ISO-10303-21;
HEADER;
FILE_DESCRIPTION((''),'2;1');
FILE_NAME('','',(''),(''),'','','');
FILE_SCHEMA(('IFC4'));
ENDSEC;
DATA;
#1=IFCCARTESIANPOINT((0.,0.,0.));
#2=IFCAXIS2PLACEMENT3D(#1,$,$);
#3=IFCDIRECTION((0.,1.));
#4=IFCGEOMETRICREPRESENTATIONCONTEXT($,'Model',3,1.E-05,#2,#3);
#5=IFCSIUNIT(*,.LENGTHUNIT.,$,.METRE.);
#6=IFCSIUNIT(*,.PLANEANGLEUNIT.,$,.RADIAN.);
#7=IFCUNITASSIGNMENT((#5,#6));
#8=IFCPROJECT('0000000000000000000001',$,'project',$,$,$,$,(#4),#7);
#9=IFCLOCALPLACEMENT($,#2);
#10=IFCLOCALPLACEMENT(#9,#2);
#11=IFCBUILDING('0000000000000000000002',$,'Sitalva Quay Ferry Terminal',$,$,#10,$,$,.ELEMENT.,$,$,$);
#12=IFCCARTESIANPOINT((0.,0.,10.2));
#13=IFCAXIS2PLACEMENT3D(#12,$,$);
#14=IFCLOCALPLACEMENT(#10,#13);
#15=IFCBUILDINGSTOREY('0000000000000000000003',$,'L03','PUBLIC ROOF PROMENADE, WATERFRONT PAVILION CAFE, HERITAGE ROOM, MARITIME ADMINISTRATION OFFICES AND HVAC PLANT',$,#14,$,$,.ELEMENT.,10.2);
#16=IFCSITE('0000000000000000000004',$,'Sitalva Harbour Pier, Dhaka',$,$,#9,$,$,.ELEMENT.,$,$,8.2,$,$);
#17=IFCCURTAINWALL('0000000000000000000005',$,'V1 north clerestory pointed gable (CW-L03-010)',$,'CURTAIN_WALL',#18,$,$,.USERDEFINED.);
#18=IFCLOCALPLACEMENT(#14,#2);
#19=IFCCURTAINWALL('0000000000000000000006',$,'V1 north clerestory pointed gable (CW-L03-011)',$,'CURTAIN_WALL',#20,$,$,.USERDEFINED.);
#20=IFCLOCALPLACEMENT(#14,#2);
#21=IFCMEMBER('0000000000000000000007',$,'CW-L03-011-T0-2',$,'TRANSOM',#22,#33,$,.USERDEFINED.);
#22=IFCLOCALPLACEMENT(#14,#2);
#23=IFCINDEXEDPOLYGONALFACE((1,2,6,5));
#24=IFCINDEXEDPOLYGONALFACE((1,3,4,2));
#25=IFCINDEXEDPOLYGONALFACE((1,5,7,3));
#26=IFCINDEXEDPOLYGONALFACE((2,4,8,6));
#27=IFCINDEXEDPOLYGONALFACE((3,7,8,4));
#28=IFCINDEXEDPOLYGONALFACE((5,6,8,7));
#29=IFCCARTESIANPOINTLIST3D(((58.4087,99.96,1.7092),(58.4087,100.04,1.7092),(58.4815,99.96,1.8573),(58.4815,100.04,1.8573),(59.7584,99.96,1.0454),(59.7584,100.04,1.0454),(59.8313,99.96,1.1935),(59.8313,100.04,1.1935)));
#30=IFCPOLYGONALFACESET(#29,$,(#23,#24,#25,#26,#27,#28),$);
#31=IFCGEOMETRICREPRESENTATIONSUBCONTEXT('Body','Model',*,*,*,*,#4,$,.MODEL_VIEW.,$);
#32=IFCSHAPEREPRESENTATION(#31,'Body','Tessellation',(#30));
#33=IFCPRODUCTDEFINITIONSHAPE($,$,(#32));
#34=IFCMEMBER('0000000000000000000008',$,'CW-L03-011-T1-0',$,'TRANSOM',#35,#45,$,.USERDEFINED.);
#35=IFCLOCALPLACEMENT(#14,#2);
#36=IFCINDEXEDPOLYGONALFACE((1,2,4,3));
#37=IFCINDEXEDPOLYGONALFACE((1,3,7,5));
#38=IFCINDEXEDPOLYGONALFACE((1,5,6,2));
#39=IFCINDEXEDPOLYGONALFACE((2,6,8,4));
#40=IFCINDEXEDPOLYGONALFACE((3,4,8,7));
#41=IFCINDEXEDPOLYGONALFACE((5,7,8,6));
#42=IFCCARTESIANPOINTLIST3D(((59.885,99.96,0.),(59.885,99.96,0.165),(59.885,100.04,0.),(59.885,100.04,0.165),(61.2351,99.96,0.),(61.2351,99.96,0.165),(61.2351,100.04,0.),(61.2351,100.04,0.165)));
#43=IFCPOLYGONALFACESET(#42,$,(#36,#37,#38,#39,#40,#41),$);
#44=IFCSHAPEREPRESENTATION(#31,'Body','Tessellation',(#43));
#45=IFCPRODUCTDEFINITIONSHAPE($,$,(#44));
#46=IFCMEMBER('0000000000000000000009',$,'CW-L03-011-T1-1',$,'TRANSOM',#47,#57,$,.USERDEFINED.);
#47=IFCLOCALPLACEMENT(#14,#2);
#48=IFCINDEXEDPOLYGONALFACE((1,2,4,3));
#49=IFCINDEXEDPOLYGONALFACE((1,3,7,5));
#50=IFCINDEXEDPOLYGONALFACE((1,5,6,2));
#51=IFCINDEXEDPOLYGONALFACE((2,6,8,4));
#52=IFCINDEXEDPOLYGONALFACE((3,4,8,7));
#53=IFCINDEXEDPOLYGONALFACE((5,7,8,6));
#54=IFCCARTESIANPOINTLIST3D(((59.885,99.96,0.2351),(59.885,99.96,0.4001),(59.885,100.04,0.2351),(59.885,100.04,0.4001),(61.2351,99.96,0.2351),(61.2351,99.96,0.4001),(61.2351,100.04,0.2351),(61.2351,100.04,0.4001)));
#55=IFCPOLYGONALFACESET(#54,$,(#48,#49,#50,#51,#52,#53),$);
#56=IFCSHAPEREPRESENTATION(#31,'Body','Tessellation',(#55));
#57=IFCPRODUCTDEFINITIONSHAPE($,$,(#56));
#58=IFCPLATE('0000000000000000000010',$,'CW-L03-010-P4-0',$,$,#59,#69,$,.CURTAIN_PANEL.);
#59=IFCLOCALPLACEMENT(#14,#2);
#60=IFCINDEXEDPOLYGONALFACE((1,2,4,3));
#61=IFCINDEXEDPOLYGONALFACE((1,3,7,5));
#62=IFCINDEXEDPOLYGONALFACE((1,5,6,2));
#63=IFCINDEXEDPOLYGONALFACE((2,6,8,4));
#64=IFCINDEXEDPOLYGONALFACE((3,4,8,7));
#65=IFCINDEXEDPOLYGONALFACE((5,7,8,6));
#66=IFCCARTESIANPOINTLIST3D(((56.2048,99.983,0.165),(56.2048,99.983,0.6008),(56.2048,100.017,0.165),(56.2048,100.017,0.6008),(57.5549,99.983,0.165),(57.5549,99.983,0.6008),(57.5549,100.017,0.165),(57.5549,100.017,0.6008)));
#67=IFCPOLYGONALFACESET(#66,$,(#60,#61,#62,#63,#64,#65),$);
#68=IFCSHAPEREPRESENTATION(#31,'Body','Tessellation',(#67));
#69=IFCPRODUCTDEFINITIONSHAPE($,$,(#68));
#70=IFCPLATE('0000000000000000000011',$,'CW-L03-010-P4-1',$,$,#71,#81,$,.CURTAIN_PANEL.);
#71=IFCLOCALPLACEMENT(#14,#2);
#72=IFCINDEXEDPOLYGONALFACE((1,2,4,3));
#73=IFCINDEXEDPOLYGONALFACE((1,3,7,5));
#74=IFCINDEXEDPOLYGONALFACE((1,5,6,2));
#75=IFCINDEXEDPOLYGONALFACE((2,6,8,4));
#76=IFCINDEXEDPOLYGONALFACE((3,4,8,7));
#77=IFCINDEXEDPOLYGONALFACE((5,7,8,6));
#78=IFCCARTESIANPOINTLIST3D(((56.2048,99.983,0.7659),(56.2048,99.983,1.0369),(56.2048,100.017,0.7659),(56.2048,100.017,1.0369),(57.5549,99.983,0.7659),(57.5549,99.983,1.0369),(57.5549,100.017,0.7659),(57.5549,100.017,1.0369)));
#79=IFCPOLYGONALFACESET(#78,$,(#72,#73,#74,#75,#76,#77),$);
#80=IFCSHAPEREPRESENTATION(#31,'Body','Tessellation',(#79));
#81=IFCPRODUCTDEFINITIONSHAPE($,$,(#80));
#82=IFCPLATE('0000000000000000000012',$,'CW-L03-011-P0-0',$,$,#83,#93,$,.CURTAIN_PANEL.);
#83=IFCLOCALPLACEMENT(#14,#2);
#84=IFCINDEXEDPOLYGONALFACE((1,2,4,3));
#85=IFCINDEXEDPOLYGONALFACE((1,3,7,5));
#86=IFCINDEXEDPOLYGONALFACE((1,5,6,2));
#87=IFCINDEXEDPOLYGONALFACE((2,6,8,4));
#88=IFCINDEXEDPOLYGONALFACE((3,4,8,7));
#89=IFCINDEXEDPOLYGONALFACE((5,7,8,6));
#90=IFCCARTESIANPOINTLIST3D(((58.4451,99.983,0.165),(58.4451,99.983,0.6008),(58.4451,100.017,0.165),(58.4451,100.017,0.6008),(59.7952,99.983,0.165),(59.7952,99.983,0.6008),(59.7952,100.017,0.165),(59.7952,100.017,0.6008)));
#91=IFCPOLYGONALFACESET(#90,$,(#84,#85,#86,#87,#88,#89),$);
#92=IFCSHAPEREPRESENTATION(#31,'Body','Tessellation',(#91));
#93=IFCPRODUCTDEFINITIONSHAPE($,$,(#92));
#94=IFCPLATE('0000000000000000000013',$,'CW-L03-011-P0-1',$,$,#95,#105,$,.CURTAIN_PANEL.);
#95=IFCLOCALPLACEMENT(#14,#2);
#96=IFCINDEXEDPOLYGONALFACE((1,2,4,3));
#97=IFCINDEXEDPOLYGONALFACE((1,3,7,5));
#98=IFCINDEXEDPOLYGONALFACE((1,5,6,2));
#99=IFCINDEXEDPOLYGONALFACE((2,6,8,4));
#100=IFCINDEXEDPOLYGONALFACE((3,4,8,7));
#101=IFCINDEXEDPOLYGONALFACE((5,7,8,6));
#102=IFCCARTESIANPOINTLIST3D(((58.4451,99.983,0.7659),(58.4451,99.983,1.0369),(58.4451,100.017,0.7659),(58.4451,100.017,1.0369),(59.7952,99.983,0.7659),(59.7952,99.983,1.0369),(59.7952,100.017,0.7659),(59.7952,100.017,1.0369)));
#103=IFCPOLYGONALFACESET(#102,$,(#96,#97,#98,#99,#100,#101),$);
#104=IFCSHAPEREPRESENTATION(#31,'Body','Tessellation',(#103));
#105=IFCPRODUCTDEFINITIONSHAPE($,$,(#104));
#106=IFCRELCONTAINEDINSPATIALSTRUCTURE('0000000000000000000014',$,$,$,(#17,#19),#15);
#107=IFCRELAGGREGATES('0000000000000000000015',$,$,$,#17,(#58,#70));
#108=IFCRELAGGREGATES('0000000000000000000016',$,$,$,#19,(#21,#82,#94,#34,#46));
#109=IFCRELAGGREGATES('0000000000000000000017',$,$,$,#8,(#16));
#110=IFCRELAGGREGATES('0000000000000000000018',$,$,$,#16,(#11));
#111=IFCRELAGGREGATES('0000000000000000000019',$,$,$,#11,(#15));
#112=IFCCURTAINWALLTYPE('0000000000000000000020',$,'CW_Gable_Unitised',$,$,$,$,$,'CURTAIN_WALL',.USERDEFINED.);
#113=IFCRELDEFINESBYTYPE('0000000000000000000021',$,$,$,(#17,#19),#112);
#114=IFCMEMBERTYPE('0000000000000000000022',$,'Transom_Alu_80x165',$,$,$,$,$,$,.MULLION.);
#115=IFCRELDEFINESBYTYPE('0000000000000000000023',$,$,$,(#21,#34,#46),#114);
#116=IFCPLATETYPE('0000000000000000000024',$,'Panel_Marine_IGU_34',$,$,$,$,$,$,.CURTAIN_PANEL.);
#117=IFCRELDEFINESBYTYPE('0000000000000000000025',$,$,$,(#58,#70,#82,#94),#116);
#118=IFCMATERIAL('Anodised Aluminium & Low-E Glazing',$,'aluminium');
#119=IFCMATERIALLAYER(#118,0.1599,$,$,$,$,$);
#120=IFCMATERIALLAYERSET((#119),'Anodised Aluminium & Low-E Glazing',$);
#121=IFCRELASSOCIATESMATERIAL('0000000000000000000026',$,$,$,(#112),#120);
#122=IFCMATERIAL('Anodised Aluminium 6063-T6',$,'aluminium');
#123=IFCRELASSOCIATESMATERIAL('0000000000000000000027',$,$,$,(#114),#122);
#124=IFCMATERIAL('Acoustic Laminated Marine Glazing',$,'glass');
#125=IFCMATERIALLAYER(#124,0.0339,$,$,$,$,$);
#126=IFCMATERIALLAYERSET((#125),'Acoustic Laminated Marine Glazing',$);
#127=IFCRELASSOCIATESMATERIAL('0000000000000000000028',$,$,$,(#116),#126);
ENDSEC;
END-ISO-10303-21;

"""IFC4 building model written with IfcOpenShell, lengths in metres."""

from ifc_helpers import new_model, si_unit, direction, frame, origin, origin_2d, place, context, subcontext, project, spatial, rectangle, extrude, material, layer, layer_set, material_profile, profile_set, type_object, element, aggregate, save


model = new_model("IFC4")

# Units and contexts
model_context = context("Model", 3, precision=1e-05, world=origin(), true_north=direction((0.0, 1.0)))
body_context = subcontext(model_context, "Body", "Model", "MODEL_VIEW")
ifc_project = project(units=[si_unit("LENGTHUNIT", "METRE"), si_unit("PLANEANGLEUNIT", "RADIAN")], contexts=[model_context])

# Site, building, storey
site_placement = place(None, origin())
site = spatial("IfcSite", under=ifc_project, at=site_placement, Name="Sitalva Harbour Pier, Dhaka", CompositionType="ELEMENT", RefElevation=8.2)
building_placement = place(site_placement, origin())
building = spatial("IfcBuilding", under=site, at=building_placement, Name="Sitalva Quay Ferry Terminal", CompositionType="ELEMENT")
storey_placement = place(building_placement, frame((0.0, 0.0, 10.2)))
storey = spatial("IfcBuildingStorey", under=building, at=storey_placement, Name="L03", Description="PUBLIC ROOF PROMENADE, WATERFRONT PAVILION CAFE, HERITAGE ROOM, MARITIME ADMINISTRATION OFFICES AND HVAC PLANT", CompositionType="ELEMENT", Elevation=10.2)

# Curtain walls
ifc_material_1 = material(Name="Anodised Aluminium & Low-E Glazing", Category="aluminium")
ifc_layer_1 = layer(ifc_material_1, 0.1599)
ifc_layer_set_1 = layer_set([ifc_layer_1], Name="Anodised Aluminium & Low-E Glazing")
curtain_wall_type = type_object("IfcCurtainWallType", Name="CW_Gable_Unitised", ElementType="CURTAIN_WALL", PredefinedType="USERDEFINED", material=ifc_layer_set_1)
curtain_wall_1_placement = place(storey_placement, origin())
curtain_wall_1 = element("IfcCurtainWall", 1, at=curtain_wall_1_placement, inside=storey, type_object=curtain_wall_type, Name="V1 north clerestory pointed gable (CW-L03-010)", ObjectType="CURTAIN_WALL", PredefinedType="USERDEFINED")
curtain_wall_2_placement = place(storey_placement, origin())
curtain_wall_2 = element("IfcCurtainWall", 2, at=curtain_wall_2_placement, inside=storey, type_object=curtain_wall_type, Name="V1 north clerestory pointed gable (CW-L03-011)", ObjectType="CURTAIN_WALL", PredefinedType="USERDEFINED")

# Members
ifc_material_2 = material(Name="Anodised Aluminium 6063-T6", Category="aluminium")
ifc_material_profile_1 = material_profile(ifc_material_2, rectangle(XDim=0.0801, YDim=0.165, at=origin_2d()), Name="ALU80x165")
ifc_profile_set_1 = profile_set([ifc_material_profile_1], Name="Anodised Aluminium 6063-T6")
member_type_1 = type_object("IfcMemberType", Name="Transom_Alu_80x165", PredefinedType="MULLION", material=ifc_profile_set_1)
member_1_placement = place(storey_placement, frame((58.4451, 100.0, 1.7832), z_axis=(0.897362, 0.0, -0.441296), x_axis=(0.0, 1.0, 0.0)))
member_1 = element("IfcMember", 3, at=member_1_placement, type_object=member_type_1, Name="CW-L03-011-T0-2", ObjectType="TRANSOM", PredefinedType="USERDEFINED", context=body_context, shape_type="SweptSolid", body=[
    extrude(rectangle(XDim=0.0801, YDim=0.165, at=origin_2d()), origin(), (0.0, 0.0, 1.0), 1.5042),
])
member_2_placement = place(storey_placement, frame((59.885, 100.0, 0.0825), z_axis=(1.0, 0.0, 0.0), x_axis=(0.0, 1.0, 0.0)))
member_2 = element("IfcMember", 4, at=member_2_placement, type_object=member_type_1, Name="CW-L03-011-T1-0", ObjectType="TRANSOM", PredefinedType="USERDEFINED", context=body_context, shape_type="SweptSolid", body=[
    extrude(rectangle(XDim=0.0801, YDim=0.165, at=origin_2d()), origin(), (0.0, 0.0, 1.0), 1.3501),
])
member_3_placement = place(storey_placement, frame((59.885, 100.0, 0.3176), z_axis=(1.0, 0.0, 0.0), x_axis=(0.0, 1.0, 0.0)))
member_3 = element("IfcMember", 5, at=member_3_placement, type_object=member_type_1, Name="CW-L03-011-T1-1", ObjectType="TRANSOM", PredefinedType="USERDEFINED", context=body_context, shape_type="SweptSolid", body=[
    extrude(rectangle(XDim=0.0801, YDim=0.165, at=origin_2d()), origin(), (0.0, 0.0, 1.0), 1.3501),
])

# Plates
ifc_material_3 = material(Name="Acoustic Laminated Marine Glazing", Category="glass")
ifc_layer_2 = layer(ifc_material_3, 0.0339)
ifc_layer_set_2 = layer_set([ifc_layer_2], Name="Acoustic Laminated Marine Glazing")
plate_type = type_object("IfcPlateType", Name="Panel_Marine_IGU_34", PredefinedType="CURTAIN_PANEL", material=ifc_layer_set_2)
plate_1_placement = place(storey_placement, frame((56.8799, 100.0, 0.165), z_axis=(0.0, 0.0, 1.0), x_axis=(1.0, 0.0, 0.0)))
plate_1 = element("IfcPlate", 6, at=plate_1_placement, type_object=plate_type, Name="CW-L03-010-P4-0", PredefinedType="CURTAIN_PANEL", context=body_context, shape_type="SweptSolid", body=[
    extrude(rectangle(XDim=1.3501, YDim=0.0339, at=origin_2d()), origin(), (0.0, 0.0, 1.0), 0.4358),
])
plate_2_placement = place(storey_placement, frame((56.8799, 100.0, 0.7659), z_axis=(0.0, 0.0, 1.0), x_axis=(1.0, 0.0, 0.0)))
plate_2 = element("IfcPlate", 7, at=plate_2_placement, type_object=plate_type, Name="CW-L03-010-P4-1", PredefinedType="CURTAIN_PANEL", context=body_context, shape_type="SweptSolid", body=[
    extrude(rectangle(XDim=1.3501, YDim=0.0339, at=origin_2d()), origin(), (0.0, 0.0, 1.0), 0.271),
])
aggregate(curtain_wall_1, [plate_1, plate_2])
plate_3_placement = place(storey_placement, frame((59.1201, 100.0, 0.165), z_axis=(0.0, 0.0, 1.0), x_axis=(1.0, 0.0, 0.0)))
plate_3 = element("IfcPlate", 8, at=plate_3_placement, type_object=plate_type, Name="CW-L03-011-P0-0", PredefinedType="CURTAIN_PANEL", context=body_context, shape_type="SweptSolid", body=[
    extrude(rectangle(XDim=1.3501, YDim=0.0339, at=origin_2d()), origin(), (0.0, 0.0, 1.0), 0.4358),
])
plate_4_placement = place(storey_placement, frame((59.1201, 100.0, 0.7659), z_axis=(0.0, 0.0, 1.0), x_axis=(1.0, 0.0, 0.0)))
plate_4 = element("IfcPlate", 9, at=plate_4_placement, type_object=plate_type, Name="CW-L03-011-P0-1", PredefinedType="CURTAIN_PANEL", context=body_context, shape_type="SweptSolid", body=[
    extrude(rectangle(XDim=1.3501, YDim=0.0339, at=origin_2d()), origin(), (0.0, 0.0, 1.0), 0.271),
])
aggregate(curtain_wall_2, [member_1, plate_3, plate_4, member_2, member_3])

save(model, "model.ifc")
